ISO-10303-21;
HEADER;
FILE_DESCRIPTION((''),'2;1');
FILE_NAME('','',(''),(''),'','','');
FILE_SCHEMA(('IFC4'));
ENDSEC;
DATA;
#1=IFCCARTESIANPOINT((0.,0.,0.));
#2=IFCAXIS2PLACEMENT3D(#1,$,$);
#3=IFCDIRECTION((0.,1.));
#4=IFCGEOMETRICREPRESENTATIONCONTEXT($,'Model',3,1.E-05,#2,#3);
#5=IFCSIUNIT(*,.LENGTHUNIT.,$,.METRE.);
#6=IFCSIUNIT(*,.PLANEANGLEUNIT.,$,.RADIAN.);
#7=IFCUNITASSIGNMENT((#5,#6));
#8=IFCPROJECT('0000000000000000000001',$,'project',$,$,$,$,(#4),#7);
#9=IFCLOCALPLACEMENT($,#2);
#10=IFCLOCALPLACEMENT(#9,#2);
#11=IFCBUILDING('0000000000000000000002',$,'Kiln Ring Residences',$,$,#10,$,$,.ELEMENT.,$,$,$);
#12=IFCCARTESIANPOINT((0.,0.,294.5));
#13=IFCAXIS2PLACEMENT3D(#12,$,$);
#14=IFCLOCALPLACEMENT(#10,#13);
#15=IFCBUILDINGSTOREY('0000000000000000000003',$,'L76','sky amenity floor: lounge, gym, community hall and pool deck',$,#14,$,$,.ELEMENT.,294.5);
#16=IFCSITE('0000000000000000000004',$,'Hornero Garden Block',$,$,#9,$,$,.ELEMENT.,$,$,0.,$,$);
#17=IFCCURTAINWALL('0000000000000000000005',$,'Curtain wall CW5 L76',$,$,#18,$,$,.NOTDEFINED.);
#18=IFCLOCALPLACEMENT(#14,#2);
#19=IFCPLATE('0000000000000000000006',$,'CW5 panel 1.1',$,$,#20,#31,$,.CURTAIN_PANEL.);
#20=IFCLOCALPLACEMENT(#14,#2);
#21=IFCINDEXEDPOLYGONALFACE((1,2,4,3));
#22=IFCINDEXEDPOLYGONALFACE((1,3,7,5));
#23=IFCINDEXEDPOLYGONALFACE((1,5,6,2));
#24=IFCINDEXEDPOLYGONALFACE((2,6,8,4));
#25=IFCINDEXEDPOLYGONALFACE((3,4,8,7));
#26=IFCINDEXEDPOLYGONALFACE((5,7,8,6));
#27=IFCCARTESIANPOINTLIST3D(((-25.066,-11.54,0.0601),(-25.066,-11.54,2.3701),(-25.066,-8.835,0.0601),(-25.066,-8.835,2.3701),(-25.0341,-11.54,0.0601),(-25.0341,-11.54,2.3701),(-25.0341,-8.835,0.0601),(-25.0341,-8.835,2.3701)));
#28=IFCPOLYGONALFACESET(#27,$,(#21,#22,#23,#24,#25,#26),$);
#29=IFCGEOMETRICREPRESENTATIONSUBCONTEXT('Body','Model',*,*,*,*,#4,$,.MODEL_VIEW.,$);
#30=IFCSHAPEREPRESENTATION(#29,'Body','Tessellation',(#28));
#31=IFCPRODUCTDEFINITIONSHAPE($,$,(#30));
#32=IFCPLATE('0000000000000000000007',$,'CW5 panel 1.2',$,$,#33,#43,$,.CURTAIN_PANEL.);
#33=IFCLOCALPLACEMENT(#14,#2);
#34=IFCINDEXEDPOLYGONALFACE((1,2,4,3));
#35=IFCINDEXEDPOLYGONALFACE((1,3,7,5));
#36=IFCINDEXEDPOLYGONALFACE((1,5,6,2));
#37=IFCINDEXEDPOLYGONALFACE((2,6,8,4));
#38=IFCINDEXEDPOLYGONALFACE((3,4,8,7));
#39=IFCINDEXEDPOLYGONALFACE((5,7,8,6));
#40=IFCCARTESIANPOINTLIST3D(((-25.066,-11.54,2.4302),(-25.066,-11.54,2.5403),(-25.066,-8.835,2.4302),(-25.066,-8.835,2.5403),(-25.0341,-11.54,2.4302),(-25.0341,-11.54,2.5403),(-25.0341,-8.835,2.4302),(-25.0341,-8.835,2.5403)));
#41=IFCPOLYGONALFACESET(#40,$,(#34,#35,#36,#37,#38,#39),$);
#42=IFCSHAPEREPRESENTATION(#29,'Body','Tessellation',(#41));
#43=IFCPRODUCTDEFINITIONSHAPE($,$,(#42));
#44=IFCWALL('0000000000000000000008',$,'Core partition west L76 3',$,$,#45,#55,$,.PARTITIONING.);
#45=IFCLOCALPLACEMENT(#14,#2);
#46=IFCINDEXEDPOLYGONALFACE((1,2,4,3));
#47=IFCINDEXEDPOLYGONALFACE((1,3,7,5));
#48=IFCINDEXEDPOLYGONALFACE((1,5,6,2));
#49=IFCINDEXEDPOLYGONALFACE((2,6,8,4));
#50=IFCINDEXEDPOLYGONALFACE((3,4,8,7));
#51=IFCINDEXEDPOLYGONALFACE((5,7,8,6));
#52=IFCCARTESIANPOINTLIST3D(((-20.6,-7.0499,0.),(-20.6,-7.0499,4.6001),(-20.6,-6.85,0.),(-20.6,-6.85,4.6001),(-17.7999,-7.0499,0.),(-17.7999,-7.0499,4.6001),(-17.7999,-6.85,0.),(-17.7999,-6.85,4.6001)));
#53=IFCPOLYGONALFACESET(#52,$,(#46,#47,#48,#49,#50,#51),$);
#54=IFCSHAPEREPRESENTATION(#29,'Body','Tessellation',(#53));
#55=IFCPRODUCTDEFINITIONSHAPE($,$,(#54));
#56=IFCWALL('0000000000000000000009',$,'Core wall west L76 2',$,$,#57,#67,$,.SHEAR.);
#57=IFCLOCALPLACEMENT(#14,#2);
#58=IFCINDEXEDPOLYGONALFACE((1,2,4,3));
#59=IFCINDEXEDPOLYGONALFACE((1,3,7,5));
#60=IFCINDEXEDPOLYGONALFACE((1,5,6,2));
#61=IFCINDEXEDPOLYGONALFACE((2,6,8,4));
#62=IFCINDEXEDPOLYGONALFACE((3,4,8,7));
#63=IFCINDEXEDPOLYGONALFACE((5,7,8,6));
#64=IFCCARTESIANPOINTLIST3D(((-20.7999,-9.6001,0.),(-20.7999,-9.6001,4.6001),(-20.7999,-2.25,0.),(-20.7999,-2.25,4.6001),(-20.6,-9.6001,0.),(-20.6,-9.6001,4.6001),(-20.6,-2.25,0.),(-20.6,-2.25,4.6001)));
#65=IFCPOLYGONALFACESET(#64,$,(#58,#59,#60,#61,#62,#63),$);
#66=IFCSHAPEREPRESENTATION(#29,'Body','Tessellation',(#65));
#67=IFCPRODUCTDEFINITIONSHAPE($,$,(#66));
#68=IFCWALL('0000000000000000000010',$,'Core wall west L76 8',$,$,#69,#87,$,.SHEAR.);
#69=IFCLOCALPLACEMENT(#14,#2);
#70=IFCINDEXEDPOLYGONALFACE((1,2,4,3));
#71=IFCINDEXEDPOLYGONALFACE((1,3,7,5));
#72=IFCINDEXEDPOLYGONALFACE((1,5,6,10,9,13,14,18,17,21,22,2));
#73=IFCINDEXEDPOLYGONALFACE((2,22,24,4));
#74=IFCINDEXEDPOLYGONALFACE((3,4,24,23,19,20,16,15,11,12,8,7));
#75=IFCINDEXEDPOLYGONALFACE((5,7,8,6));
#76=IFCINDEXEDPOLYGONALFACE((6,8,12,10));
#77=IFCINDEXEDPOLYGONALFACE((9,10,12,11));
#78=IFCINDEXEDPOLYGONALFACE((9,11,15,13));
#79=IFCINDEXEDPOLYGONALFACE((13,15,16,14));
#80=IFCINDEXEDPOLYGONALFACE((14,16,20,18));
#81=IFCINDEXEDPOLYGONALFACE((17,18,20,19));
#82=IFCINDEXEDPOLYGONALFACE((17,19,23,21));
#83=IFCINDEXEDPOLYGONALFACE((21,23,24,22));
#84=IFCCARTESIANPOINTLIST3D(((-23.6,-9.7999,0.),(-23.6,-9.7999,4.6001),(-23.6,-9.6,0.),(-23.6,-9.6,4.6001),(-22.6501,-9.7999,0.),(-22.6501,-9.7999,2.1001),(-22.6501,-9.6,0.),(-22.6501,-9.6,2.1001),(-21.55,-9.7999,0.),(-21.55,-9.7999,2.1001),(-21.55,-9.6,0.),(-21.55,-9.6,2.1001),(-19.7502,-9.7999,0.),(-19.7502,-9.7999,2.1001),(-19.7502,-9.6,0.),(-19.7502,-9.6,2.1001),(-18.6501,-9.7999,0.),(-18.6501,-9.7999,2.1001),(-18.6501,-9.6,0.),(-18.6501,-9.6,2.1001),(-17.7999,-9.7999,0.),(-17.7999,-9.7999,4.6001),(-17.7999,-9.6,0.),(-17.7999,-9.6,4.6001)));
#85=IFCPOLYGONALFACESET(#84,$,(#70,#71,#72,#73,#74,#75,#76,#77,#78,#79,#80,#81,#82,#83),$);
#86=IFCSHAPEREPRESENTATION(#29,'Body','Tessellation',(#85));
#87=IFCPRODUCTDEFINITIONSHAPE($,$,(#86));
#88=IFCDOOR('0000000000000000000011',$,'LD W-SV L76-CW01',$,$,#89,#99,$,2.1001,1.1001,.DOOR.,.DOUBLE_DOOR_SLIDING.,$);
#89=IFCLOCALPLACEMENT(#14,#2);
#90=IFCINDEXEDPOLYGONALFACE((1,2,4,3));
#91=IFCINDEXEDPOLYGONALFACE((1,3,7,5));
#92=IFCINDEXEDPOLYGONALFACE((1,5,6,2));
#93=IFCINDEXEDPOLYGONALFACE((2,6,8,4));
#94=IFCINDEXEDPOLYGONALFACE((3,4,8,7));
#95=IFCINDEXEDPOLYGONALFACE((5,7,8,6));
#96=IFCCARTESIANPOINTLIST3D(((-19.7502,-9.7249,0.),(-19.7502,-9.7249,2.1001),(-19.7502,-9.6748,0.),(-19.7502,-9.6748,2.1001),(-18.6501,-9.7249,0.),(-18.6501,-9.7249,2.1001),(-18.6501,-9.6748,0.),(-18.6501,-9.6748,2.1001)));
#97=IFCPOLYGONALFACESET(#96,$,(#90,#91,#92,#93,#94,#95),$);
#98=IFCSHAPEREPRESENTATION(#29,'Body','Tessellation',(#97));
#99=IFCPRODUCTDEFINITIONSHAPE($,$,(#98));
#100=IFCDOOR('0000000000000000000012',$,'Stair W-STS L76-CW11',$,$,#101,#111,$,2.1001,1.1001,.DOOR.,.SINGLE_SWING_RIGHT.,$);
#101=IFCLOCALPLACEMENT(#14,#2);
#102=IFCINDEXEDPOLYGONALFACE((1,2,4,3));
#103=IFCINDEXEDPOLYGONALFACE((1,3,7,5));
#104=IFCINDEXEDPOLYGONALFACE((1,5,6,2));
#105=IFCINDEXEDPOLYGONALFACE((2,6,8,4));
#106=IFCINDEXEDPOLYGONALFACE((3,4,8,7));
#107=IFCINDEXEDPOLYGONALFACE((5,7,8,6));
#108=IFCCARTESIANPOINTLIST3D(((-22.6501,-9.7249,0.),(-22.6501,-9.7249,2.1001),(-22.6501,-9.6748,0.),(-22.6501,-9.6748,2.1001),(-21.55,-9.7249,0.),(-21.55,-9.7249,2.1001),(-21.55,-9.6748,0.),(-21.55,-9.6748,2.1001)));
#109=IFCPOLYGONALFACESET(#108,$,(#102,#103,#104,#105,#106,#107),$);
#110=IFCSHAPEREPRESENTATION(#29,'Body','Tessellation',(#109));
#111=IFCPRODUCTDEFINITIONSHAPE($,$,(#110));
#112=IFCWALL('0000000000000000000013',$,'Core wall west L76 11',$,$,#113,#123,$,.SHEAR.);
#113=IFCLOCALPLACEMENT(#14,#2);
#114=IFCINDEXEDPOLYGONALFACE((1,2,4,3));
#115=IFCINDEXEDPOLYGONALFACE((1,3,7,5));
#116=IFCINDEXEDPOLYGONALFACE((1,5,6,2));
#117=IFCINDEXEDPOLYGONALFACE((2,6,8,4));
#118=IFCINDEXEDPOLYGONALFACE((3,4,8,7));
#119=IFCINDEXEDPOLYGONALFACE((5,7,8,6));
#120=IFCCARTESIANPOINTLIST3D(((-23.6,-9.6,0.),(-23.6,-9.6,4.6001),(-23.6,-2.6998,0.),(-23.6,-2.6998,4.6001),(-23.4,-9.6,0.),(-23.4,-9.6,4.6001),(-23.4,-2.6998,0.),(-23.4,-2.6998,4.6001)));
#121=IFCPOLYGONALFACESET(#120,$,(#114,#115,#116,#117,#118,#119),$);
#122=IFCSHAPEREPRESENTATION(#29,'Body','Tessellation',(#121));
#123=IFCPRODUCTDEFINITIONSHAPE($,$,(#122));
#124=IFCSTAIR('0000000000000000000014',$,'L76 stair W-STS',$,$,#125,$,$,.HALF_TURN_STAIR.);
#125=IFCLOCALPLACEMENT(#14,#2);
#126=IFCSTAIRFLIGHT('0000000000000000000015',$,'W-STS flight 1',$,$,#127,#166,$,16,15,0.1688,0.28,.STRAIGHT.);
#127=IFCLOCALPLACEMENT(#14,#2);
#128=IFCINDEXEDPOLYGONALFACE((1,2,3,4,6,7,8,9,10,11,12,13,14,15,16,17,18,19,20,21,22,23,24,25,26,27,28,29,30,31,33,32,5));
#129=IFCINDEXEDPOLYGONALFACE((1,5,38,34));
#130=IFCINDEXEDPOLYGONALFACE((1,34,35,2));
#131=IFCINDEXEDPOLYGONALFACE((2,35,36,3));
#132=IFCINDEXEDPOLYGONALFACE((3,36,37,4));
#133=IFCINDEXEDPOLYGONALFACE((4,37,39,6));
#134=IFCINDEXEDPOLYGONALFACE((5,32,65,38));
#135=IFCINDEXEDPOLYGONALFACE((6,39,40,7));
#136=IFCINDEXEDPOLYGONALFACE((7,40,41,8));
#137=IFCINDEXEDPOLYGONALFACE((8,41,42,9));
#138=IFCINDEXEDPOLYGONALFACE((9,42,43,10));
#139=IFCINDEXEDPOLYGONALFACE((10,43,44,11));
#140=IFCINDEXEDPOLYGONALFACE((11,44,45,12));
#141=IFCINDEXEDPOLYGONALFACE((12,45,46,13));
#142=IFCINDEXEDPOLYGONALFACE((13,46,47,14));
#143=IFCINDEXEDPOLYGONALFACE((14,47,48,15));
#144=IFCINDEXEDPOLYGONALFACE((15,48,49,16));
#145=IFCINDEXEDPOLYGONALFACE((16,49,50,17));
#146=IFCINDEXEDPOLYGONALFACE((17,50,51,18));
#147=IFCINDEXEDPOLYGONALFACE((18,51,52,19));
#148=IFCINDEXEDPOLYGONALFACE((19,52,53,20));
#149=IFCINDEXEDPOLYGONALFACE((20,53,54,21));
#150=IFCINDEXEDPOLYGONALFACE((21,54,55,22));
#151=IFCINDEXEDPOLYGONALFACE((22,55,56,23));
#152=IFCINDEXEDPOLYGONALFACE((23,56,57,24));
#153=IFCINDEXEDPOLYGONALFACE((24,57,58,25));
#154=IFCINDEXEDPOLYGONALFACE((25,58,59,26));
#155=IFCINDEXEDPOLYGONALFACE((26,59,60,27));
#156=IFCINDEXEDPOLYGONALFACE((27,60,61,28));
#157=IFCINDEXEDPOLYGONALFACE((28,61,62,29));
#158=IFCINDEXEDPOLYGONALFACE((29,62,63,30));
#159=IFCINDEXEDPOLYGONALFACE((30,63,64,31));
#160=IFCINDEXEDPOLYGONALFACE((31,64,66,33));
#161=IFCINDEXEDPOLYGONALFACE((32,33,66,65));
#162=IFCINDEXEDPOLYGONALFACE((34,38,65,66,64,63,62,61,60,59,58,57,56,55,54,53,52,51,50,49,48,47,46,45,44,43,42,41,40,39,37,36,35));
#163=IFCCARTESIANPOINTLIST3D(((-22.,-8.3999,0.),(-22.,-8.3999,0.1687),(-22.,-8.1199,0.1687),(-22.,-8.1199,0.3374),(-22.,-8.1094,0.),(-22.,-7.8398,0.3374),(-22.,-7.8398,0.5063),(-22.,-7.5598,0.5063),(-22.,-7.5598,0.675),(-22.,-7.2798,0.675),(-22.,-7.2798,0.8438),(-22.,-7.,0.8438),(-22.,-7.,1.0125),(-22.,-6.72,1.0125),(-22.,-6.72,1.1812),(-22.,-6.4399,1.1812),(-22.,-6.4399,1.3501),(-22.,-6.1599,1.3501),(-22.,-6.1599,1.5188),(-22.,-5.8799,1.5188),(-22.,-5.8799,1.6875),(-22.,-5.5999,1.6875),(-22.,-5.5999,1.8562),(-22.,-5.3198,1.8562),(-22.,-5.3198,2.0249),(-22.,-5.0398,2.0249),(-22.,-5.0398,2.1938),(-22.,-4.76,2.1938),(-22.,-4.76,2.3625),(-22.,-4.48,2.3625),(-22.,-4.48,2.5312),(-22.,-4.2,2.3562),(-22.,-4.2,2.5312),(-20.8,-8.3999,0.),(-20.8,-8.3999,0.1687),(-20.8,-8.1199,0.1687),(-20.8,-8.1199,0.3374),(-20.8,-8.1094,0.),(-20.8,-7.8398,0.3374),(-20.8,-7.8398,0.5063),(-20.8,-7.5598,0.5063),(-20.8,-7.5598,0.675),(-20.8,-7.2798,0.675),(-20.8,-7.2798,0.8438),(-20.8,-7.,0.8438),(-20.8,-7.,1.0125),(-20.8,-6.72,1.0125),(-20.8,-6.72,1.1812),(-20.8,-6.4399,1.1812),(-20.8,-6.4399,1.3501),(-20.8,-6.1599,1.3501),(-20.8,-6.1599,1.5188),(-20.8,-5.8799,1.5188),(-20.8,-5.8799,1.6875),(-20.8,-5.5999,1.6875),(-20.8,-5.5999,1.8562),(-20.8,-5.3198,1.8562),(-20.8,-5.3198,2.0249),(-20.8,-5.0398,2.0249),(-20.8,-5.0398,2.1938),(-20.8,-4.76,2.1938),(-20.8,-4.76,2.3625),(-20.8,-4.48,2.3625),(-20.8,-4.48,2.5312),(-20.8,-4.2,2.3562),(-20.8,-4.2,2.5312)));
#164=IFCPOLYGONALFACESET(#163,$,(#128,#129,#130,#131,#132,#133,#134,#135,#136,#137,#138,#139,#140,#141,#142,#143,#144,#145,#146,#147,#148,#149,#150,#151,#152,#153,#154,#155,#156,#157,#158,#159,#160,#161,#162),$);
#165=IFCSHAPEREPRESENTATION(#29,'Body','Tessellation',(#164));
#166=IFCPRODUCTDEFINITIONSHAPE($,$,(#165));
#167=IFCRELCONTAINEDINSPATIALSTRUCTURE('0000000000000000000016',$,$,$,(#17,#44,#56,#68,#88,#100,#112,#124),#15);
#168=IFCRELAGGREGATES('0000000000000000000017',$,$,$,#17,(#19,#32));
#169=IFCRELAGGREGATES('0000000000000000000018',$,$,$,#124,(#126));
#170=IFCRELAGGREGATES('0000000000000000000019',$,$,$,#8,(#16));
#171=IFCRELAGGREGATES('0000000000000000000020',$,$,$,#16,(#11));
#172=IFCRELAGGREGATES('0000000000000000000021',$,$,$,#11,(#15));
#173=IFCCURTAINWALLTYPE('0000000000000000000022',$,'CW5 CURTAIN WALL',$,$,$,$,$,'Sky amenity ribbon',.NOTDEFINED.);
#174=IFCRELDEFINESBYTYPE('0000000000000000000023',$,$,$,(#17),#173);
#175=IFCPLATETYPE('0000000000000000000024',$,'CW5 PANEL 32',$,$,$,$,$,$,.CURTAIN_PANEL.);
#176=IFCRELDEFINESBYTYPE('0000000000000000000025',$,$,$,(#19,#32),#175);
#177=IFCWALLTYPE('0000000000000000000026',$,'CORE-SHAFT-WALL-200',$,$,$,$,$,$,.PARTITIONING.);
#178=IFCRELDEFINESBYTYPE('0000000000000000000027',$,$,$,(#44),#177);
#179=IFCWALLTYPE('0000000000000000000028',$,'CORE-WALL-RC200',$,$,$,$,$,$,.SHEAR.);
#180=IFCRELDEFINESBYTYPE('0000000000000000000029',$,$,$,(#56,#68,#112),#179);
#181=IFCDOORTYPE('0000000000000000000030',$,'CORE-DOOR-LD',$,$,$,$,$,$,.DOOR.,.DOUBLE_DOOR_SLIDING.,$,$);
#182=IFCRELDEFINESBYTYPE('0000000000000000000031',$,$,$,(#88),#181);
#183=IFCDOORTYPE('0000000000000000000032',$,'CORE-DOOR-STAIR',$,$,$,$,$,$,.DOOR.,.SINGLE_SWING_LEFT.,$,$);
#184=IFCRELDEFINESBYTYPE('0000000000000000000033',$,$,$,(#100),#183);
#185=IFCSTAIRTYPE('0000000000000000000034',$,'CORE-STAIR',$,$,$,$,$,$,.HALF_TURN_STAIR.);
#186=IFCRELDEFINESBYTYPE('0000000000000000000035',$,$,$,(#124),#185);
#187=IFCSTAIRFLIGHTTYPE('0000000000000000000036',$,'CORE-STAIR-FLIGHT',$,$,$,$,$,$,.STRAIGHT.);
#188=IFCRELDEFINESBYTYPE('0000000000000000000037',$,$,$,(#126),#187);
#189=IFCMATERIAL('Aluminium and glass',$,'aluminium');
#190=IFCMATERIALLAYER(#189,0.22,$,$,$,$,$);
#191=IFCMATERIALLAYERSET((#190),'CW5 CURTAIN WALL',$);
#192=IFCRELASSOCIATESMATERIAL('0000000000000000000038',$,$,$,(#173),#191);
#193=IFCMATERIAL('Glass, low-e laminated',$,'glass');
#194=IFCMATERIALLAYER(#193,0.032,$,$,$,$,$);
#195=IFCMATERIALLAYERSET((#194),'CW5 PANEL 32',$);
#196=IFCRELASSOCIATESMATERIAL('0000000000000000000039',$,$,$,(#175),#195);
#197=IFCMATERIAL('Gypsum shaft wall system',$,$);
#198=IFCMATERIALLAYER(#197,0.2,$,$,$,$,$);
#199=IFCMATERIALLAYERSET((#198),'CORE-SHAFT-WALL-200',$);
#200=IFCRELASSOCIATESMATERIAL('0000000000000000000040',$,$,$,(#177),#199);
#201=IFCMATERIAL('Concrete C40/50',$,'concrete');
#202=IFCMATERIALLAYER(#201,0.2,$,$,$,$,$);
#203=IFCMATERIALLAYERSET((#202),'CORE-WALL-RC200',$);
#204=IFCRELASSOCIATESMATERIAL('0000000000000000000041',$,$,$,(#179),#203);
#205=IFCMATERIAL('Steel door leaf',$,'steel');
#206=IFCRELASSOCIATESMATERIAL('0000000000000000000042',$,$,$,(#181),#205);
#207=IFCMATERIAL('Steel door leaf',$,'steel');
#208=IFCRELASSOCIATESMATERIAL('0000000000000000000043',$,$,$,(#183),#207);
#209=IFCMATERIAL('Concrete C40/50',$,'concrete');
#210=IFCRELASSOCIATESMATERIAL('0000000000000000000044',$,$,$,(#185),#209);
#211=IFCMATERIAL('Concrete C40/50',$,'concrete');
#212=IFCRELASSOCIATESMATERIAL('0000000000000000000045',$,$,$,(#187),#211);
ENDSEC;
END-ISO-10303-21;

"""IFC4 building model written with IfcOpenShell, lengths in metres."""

from ifc_helpers import new_model, si_unit, direction, frame, frame_2d, origin, origin_2d, place, context, subcontext, project, spatial, polyline, rectangle, outline, extrude, material, layer, layer_set, type_object, element, fill, aggregate, save


model = new_model("IFC4")

# Units and contexts
model_context = context("Model", 3, precision=1e-05, world=origin(), true_north=direction((0.0, 1.0)))
body_context = subcontext(model_context, "Body", "Model", "MODEL_VIEW")
ifc_project = project(units=[si_unit("LENGTHUNIT", "METRE"), si_unit("PLANEANGLEUNIT", "RADIAN")], contexts=[model_context])

# Site, building, storey
site_placement = place(None, origin())
site = spatial("IfcSite", under=ifc_project, at=site_placement, Name="Hornero Garden Block", CompositionType="ELEMENT", RefElevation=0.0)
building_placement = place(site_placement, origin())
building = spatial("IfcBuilding", under=site, at=building_placement, Name="Kiln Ring Residences", CompositionType="ELEMENT")
storey_placement = place(building_placement, frame((0.0, 0.0, 294.5)))
storey = spatial("IfcBuildingStorey", under=building, at=storey_placement, Name="L76", Description="sky amenity floor: lounge, gym, community hall and pool deck", CompositionType="ELEMENT", Elevation=294.5)

# Shared definitions
ifc_material_1 = material(Name="Aluminium and glass", Category="aluminium")
ifc_layer_1 = layer(ifc_material_1, 0.22)
ifc_layer_set_1 = layer_set([ifc_layer_1], Name="CW5 CURTAIN WALL")
curtain_wall_type = type_object("IfcCurtainWallType", Name="CW5 CURTAIN WALL", ElementType="Sky amenity ribbon", PredefinedType="NOTDEFINED", material=ifc_layer_set_1)
placement = place(storey_placement, origin())

# Curtain wall
curtain_wall_1 = element("IfcCurtainWall", 1, at=placement, inside=storey, type_object=curtain_wall_type, Name="Curtain wall CW5 L76", PredefinedType="NOTDEFINED")

# Plates
ifc_material_2 = material(Name="Glass, low-e laminated", Category="glass")
ifc_layer_2 = layer(ifc_material_2, 0.032)
ifc_layer_set_2 = layer_set([ifc_layer_2], Name="CW5 PANEL 32")
plate_type = type_object("IfcPlateType", Name="CW5 PANEL 32", PredefinedType="CURTAIN_PANEL", material=ifc_layer_set_2)
plate_1_placement = place(storey_placement, frame((-25.05, -10.1875, 0.0601), z_axis=(0.0, 0.0, 1.0), x_axis=(0.0, -1.0, 0.0)))
plate_1 = element("IfcPlate", 2, at=plate_1_placement, type_object=plate_type, Name="CW5 panel 1.1", PredefinedType="CURTAIN_PANEL", context=body_context, shape_type="SweptSolid", body=[
    extrude(rectangle(XDim=2.7051, YDim=0.032, at=origin_2d()), origin(), (0.0, 0.0, 1.0), 2.3101),
])
plate_2_placement = place(storey_placement, frame((-25.05, -10.1875, 2.4302), z_axis=(0.0, 0.0, 1.0), x_axis=(0.0, -1.0, 0.0)))
plate_2 = element("IfcPlate", 3, at=plate_2_placement, type_object=plate_type, Name="CW5 panel 1.2", PredefinedType="CURTAIN_PANEL", context=body_context, shape_type="SweptSolid", body=[
    extrude(rectangle(XDim=2.7051, YDim=0.032, at=origin_2d()), origin(), (0.0, 0.0, 1.0), 0.1101),
])
aggregate(curtain_wall_1, [plate_1, plate_2])

# Walls
ifc_material_3 = material(Name="Gypsum shaft wall system")
ifc_layer_3 = layer(ifc_material_3, 0.2)
ifc_layer_set_3 = layer_set([ifc_layer_3], Name="CORE-SHAFT-WALL-200")
wall_type_1 = type_object("IfcWallType", Name="CORE-SHAFT-WALL-200", PredefinedType="PARTITIONING", material=ifc_layer_set_3)
wall_1_placement = place(storey_placement, frame((-17.8, -6.95, 0.0), z_axis=(0.0, 0.0, 1.0), x_axis=(-1.0, 0.0, 0.0)))
element("IfcWall", 4, at=wall_1_placement, inside=storey, type_object=wall_type_1, Name="Core partition west L76 3", PredefinedType="PARTITIONING", context=body_context, shape_type="SweptSolid", body=[
    extrude(rectangle(XDim=2.8, YDim=0.2, at=frame_2d((1.3999, 0.0))), origin(), (0.0, 0.0, 1.0), 4.6001),
])
ifc_material_4 = material(Name="Concrete C40/50", Category="concrete")
ifc_layer_4 = layer(ifc_material_4, 0.2)
ifc_layer_set_4 = layer_set([ifc_layer_4], Name="CORE-WALL-RC200")
wall_type_2 = type_object("IfcWallType", Name="CORE-WALL-RC200", PredefinedType="SHEAR", material=ifc_layer_set_4)
wall_2_placement = place(storey_placement, frame((-20.7, -9.6001, 0.0), z_axis=(0.0, 0.0, 1.0), x_axis=(0.0, 1.0, 0.0)))
element("IfcWall", 5, at=wall_2_placement, inside=storey, type_object=wall_type_2, Name="Core wall west L76 2", PredefinedType="SHEAR", context=body_context, shape_type="SweptSolid", body=[
    extrude(rectangle(XDim=7.3501, YDim=0.2, at=frame_2d((3.675, 0.0))), origin(), (0.0, 0.0, 1.0), 4.6001),
])

# Wall, openings, doors
wall_3_placement = place(storey_placement, frame((-17.8, -9.7, 0.0), z_axis=(0.0, 0.0, 1.0), x_axis=(-1.0, 0.0, 0.0)))
wall_3 = element("IfcWall", 6, at=wall_3_placement, inside=storey, type_object=wall_type_2, Name="Core wall west L76 8", PredefinedType="SHEAR", context=body_context, shape_type="SweptSolid", body=[
    extrude(rectangle(XDim=5.8, YDim=0.2, at=frame_2d((2.8999, 0.0))), origin(), (0.0, 0.0, 1.0), 4.6001),
])
opening_1_placement = place(wall_3_placement, frame((0.8501, 0.0, 0.0)))
opening_1 = element("IfcOpeningElement", 7, at=opening_1_placement, cuts=wall_3, PredefinedType="OPENING", context=body_context, shape_type="SweptSolid", body=[
    extrude(rectangle(XDim=1.1001, YDim=2.1001, at=frame_2d((0.55, 1.05))), frame((0.0, 0.1099, 0.0), z_axis=(0.0, -1.0, 0.0), x_axis=(1.0, 0.0, 0.0)), (0.0, 0.0, 1.0), 0.22),
])
opening_2_placement = place(wall_3_placement, frame((3.75, 0.0, 0.0)))
opening_2 = element("IfcOpeningElement", 8, at=opening_2_placement, cuts=wall_3, PredefinedType="OPENING", context=body_context, shape_type="SweptSolid", body=[
    extrude(rectangle(XDim=1.1001, YDim=2.1001, at=frame_2d((0.55, 1.05))), frame((0.0, 0.1099, 0.0), z_axis=(0.0, -1.0, 0.0), x_axis=(1.0, 0.0, 0.0)), (0.0, 0.0, 1.0), 0.22),
])
ifc_material_5 = material(Name="Steel door leaf", Category="steel")
door_type_1 = type_object("IfcDoorType", Name="CORE-DOOR-LD", OperationType="DOUBLE_DOOR_SLIDING", PredefinedType="DOOR", material=ifc_material_5)
door_1_placement = place(opening_1_placement, origin())
door_1 = element("IfcDoor", 9, at=door_1_placement, inside=storey, type_object=door_type_1, Name="LD W-SV L76-CW01", OperationType="DOUBLE_DOOR_SLIDING", OverallHeight=2.1001, OverallWidth=1.1001, PredefinedType="DOOR", context=body_context, shape_type="SweptSolid", body=[
    extrude(rectangle(XDim=1.1001, YDim=2.1001, at=frame_2d((0.55, 1.05))), frame((0.0, 0.0249, 0.0), z_axis=(0.0, -1.0, 0.0), x_axis=(1.0, 0.0, 0.0)), (0.0, 0.0, 1.0), 0.05),
])
fill(opening_1, door_1)
ifc_material_6 = material(Name="Steel door leaf", Category="steel")
door_type_2 = type_object("IfcDoorType", Name="CORE-DOOR-STAIR", OperationType="SINGLE_SWING_LEFT", PredefinedType="DOOR", material=ifc_material_6)
door_2_placement = place(opening_2_placement, origin())
door_2 = element("IfcDoor", 10, at=door_2_placement, inside=storey, type_object=door_type_2, Name="Stair W-STS L76-CW11", OperationType="SINGLE_SWING_RIGHT", OverallHeight=2.1001, OverallWidth=1.1001, PredefinedType="DOOR", context=body_context, shape_type="SweptSolid", body=[
    extrude(rectangle(XDim=1.1001, YDim=2.1001, at=frame_2d((0.55, 1.05))), frame((0.0, 0.0249, 0.0), z_axis=(0.0, -1.0, 0.0), x_axis=(1.0, 0.0, 0.0)), (0.0, 0.0, 1.0), 0.05),
])
fill(opening_2, door_2)

# Wall
wall_4_placement = place(storey_placement, frame((-23.5, -9.6001, 0.0), z_axis=(0.0, 0.0, 1.0), x_axis=(0.0, 1.0, 0.0)))
element("IfcWall", 11, at=wall_4_placement, inside=storey, type_object=wall_type_2, Name="Core wall west L76 11", PredefinedType="SHEAR", context=body_context, shape_type="SweptSolid", body=[
    extrude(rectangle(XDim=6.9001, YDim=0.2, at=frame_2d((3.4502, 0.0))), origin(), (0.0, 0.0, 1.0), 4.6001),
])

# Stair, stair flight
ifc_material_7 = material(Name="Concrete C40/50", Category="concrete")
stair_type = type_object("IfcStairType", Name="CORE-STAIR", PredefinedType="HALF_TURN_STAIR", material=ifc_material_7)
stair = element("IfcStair", 12, at=placement, inside=storey, type_object=stair_type, Name="L76 stair W-STS", PredefinedType="HALF_TURN_STAIR")
ifc_material_8 = material(Name="Concrete C40/50", Category="concrete")
stair_flight_type = type_object("IfcStairFlightType", Name="CORE-STAIR-FLIGHT", PredefinedType="STRAIGHT", material=ifc_material_8)
stair_flight_placement = place(storey_placement, frame((-21.3999, -8.3999, 0.0), z_axis=(0.0, 0.0, 1.0), x_axis=(0.0, 1.0, 0.0)))
stair_flight = element("IfcStairFlight", 13, at=stair_flight_placement, type_object=stair_flight_type, Name="W-STS flight 1", NumberOfRisers=16, NumberOfTreads=15, PredefinedType="STRAIGHT", RiserHeight=0.1688, TreadLength=0.28, context=body_context, shape_type="SweptSolid", body=[
    extrude(outline(polyline([(0.0, 0.0), (0.0, 0.1687), (0.28, 0.1687), (0.28, 0.3374), (0.5601, 0.3374), (0.5601, 0.5063), (0.8401, 0.5063), (0.8401, 0.675), (1.1201, 0.675), (1.1201, 0.8438), (1.3999, 0.8438), (1.3999, 1.0125), (1.6799, 1.0125), (1.6799, 1.1812), (1.96, 1.1812), (1.96, 1.3501), (2.24, 1.3501), (2.24, 1.5188), (2.52, 1.5188), (2.52, 1.6875), (2.8, 1.6875), (2.8, 1.8562), (3.0801, 1.8562), (3.0801, 2.0249), (3.3601, 2.0249), (3.3601, 2.1938), (3.6399, 2.1938), (3.6399, 2.3625), (3.9199, 2.3625), (3.9199, 2.5312), (4.2, 2.5312), (4.2, 2.7), (4.2, 2.3562), (0.2905, 0.0), (0.0, 0.0)])), frame((0.0, 0.6001, 0.0), z_axis=(0.0, -1.0, 0.0), x_axis=(1.0, 0.0, 0.0)), (0.0, 0.0, 1.0), 1.2),
])
aggregate(stair, [stair_flight])

save(model, "model.ifc")
